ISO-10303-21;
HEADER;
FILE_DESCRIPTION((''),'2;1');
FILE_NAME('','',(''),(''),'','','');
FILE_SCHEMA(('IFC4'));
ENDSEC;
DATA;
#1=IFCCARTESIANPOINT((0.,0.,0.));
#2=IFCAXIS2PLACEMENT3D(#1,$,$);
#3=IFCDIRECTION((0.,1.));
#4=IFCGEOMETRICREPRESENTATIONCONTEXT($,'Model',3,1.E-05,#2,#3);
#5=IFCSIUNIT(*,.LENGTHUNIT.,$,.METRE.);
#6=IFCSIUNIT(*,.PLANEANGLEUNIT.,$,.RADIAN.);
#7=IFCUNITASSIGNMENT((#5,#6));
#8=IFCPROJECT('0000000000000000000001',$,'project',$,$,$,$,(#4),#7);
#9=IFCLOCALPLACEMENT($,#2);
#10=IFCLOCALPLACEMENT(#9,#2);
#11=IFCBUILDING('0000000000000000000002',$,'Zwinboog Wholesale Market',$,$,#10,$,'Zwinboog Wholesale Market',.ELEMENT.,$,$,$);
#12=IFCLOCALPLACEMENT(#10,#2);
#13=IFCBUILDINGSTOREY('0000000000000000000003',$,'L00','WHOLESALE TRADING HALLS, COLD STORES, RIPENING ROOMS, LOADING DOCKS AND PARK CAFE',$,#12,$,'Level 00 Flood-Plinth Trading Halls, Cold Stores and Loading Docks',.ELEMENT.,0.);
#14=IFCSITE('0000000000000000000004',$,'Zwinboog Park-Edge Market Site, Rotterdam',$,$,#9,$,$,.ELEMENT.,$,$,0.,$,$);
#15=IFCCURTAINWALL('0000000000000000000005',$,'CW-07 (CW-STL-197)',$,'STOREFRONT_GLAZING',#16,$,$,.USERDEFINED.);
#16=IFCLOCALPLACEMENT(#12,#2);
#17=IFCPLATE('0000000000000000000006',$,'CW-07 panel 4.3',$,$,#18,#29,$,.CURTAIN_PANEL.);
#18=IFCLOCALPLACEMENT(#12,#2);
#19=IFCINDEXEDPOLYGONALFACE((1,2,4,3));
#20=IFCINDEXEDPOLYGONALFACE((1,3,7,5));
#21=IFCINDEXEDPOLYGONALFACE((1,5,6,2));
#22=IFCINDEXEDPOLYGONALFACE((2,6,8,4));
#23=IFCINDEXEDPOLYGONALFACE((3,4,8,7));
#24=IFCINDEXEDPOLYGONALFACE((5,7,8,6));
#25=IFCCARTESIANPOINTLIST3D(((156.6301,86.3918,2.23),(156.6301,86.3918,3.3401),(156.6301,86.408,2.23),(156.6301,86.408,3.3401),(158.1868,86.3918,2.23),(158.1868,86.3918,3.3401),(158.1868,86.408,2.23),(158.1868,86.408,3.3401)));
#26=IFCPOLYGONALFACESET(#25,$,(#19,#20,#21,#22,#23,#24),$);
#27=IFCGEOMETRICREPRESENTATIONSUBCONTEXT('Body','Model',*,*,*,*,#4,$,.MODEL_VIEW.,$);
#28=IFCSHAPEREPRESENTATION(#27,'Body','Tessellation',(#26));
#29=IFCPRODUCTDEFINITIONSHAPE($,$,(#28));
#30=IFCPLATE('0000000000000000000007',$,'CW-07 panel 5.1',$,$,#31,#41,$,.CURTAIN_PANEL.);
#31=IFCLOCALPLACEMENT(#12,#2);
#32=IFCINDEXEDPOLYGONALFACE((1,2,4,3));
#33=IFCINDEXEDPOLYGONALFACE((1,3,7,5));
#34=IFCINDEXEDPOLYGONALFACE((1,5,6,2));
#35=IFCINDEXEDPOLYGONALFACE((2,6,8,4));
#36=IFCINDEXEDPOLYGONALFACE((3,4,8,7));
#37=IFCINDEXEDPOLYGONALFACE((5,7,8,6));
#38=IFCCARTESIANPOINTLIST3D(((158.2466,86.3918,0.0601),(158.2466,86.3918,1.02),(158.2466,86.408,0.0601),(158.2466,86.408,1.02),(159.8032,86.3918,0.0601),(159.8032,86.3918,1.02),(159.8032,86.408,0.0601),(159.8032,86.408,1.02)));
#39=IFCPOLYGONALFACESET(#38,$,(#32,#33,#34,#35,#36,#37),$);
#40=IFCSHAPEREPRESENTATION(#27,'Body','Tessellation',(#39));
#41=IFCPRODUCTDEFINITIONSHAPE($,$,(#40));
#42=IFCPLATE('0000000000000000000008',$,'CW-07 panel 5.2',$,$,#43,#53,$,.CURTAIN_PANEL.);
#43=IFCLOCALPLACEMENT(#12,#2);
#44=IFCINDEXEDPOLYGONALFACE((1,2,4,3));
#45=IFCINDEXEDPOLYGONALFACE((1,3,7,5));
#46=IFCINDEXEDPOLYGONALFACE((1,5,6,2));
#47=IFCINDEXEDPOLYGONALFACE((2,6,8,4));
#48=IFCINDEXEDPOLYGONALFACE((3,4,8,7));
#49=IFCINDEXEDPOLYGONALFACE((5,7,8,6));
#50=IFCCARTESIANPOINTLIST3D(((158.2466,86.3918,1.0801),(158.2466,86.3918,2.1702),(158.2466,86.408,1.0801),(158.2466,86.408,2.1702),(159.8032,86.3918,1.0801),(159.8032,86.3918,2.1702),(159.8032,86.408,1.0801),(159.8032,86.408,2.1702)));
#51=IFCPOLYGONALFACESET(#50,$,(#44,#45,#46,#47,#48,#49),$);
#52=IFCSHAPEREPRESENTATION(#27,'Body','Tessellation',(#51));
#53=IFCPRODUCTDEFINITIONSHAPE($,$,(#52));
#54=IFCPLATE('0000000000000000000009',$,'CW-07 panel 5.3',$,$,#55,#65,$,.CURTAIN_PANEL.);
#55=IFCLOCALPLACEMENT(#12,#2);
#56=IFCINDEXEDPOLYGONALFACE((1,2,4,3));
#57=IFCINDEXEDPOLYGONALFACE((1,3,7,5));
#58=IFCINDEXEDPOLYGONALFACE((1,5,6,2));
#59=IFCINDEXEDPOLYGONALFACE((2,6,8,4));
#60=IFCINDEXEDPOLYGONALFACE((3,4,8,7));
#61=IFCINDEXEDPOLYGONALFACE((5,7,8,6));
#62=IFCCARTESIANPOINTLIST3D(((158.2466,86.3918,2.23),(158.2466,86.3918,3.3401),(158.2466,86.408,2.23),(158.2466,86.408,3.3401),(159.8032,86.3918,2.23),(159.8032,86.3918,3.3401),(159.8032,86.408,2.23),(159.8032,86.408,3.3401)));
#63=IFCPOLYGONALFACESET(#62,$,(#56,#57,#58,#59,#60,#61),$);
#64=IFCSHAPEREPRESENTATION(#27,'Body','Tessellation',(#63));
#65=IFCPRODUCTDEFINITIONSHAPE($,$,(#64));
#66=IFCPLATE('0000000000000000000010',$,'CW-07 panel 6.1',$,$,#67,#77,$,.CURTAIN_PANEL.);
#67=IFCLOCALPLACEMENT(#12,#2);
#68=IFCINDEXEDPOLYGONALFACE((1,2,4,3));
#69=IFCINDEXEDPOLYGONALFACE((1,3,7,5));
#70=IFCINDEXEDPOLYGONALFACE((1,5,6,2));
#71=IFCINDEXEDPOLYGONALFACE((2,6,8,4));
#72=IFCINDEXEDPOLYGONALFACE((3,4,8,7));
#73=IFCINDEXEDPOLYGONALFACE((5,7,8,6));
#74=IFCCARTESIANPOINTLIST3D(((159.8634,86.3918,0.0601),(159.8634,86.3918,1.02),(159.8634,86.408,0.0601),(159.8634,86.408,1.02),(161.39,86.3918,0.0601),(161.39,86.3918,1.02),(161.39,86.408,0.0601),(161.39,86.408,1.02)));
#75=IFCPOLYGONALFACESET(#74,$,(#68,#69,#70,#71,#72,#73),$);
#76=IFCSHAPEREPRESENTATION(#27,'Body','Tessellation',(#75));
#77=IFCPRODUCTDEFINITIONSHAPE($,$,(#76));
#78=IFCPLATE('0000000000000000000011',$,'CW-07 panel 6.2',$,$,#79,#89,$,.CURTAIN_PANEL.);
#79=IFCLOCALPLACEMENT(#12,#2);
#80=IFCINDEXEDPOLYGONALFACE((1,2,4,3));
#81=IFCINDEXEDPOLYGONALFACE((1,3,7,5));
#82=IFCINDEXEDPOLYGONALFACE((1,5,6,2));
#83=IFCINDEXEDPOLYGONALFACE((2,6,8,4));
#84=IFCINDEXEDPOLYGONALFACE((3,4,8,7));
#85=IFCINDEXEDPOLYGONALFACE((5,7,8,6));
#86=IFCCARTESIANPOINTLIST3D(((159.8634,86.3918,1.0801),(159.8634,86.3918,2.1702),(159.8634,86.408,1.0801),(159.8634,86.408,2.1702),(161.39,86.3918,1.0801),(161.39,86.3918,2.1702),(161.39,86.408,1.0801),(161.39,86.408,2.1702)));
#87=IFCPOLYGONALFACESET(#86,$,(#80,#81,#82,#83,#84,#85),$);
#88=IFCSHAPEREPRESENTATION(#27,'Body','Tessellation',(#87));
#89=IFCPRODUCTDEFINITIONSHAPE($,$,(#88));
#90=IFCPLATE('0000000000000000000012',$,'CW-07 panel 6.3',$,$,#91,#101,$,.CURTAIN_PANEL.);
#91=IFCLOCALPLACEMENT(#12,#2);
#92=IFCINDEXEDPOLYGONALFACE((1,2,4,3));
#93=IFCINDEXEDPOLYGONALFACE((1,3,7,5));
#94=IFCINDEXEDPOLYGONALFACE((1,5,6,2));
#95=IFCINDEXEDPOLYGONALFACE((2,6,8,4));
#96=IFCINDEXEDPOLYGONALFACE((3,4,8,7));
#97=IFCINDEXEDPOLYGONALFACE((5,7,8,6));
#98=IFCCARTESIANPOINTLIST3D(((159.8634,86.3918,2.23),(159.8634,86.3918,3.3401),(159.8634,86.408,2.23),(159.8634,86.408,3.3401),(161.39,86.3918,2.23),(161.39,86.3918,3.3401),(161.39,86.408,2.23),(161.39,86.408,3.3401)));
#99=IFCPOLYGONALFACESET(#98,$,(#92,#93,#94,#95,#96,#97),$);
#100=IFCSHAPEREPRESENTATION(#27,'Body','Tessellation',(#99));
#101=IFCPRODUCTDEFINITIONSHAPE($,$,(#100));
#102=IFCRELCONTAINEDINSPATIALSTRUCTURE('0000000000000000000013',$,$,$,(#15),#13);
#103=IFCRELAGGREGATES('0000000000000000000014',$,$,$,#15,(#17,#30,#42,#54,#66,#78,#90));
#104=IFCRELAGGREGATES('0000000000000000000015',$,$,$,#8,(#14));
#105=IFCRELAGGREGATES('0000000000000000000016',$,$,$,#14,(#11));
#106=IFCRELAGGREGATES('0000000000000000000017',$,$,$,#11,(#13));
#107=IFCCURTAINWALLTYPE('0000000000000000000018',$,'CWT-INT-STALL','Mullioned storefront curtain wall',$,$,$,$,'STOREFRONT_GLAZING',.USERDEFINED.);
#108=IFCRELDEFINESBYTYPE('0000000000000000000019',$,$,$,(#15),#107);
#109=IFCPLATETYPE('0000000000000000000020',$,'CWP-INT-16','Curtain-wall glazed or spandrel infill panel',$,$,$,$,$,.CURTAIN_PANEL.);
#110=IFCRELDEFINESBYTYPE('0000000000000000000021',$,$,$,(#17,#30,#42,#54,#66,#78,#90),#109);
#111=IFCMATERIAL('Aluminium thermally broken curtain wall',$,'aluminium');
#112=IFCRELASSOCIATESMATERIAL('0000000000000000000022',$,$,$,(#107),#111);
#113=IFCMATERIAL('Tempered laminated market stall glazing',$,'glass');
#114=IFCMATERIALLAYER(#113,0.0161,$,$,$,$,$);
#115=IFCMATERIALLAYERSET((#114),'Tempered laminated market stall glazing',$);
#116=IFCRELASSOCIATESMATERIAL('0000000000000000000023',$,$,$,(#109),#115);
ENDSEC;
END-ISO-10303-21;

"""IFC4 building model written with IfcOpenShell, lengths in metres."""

from ifc_helpers import new_model, si_unit, direction, frame, origin, origin_2d, place, context, subcontext, project, spatial, rectangle, extrude, material, layer, layer_set, type_object, element, aggregate, save


model = new_model("IFC4")

# Units and contexts
model_context = context("Model", 3, precision=1e-05, world=origin(), true_north=direction((0.0, 1.0)))
body_context = subcontext(model_context, "Body", "Model", "MODEL_VIEW")
ifc_project = project(units=[si_unit("LENGTHUNIT", "METRE"), si_unit("PLANEANGLEUNIT", "RADIAN")], contexts=[model_context])

# Site, building, storey
site_placement = place(None, origin())
site = spatial("IfcSite", under=ifc_project, at=site_placement, Name="Zwinboog Park-Edge Market Site, Rotterdam", CompositionType="ELEMENT", RefElevation=0.0)
building_placement = place(site_placement, origin())
building = spatial("IfcBuilding", under=site, at=building_placement, Name="Zwinboog Wholesale Market", LongName="Zwinboog Wholesale Market", CompositionType="ELEMENT")
storey_placement = place(building_placement, origin())
storey = spatial("IfcBuildingStorey", under=building, at=storey_placement, Name="L00", Description="WHOLESALE TRADING HALLS, COLD STORES, RIPENING ROOMS, LOADING DOCKS AND PARK CAFE", LongName="Level 00 Flood-Plinth Trading Halls, Cold Stores and Loading Docks", CompositionType="ELEMENT", Elevation=0.0)

# Curtain wall, plates
ifc_material_1 = material(Name="Aluminium thermally broken curtain wall", Category="aluminium")
curtain_wall_type = type_object("IfcCurtainWallType", Name="CWT-INT-STALL", Description="Mullioned storefront curtain wall", ElementType="STOREFRONT_GLAZING", PredefinedType="USERDEFINED", material=ifc_material_1)
curtain_wall_placement = place(storey_placement, origin())
curtain_wall = element("IfcCurtainWall", 1, at=curtain_wall_placement, inside=storey, type_object=curtain_wall_type, Name="CW-07 (CW-STL-197)", ObjectType="STOREFRONT_GLAZING", PredefinedType="USERDEFINED")
ifc_material_2 = material(Name="Tempered laminated market stall glazing", Category="glass")
ifc_layer = layer(ifc_material_2, 0.0161)
ifc_layer_set = layer_set([ifc_layer], Name="Tempered laminated market stall glazing")
plate_type = type_object("IfcPlateType", Name="CWP-INT-16", Description="Curtain-wall glazed or spandrel infill panel", PredefinedType="CURTAIN_PANEL", material=ifc_layer_set)
plate_1_placement = place(storey_placement, frame((157.4084, 86.3999, 2.23), z_axis=(0.0, 0.0, 1.0), x_axis=(1.0, 0.0, 0.0)))
plate_1 = element("IfcPlate", 2, at=plate_1_placement, type_object=plate_type, Name="CW-07 panel 4.3", PredefinedType="CURTAIN_PANEL", context=body_context, shape_type="SweptSolid", body=[
    extrude(rectangle(XDim=1.5566, YDim=0.0161, at=origin_2d()), origin(), (0.0, 0.0, 1.0), 1.1101),
])
plate_2_placement = place(storey_placement, frame((159.0249, 86.3999, 0.0601), z_axis=(0.0, 0.0, 1.0), x_axis=(1.0, 0.0, 0.0)))
plate_2 = element("IfcPlate", 3, at=plate_2_placement, type_object=plate_type, Name="CW-07 panel 5.1", PredefinedType="CURTAIN_PANEL", context=body_context, shape_type="SweptSolid", body=[
    extrude(rectangle(XDim=1.5566, YDim=0.0161, at=origin_2d()), origin(), (0.0, 0.0, 1.0), 0.96),
])
plate_3_placement = place(storey_placement, frame((159.0249, 86.3999, 1.0801), z_axis=(0.0, 0.0, 1.0), x_axis=(1.0, 0.0, 0.0)))
plate_3 = element("IfcPlate", 4, at=plate_3_placement, type_object=plate_type, Name="CW-07 panel 5.2", PredefinedType="CURTAIN_PANEL", context=body_context, shape_type="SweptSolid", body=[
    extrude(rectangle(XDim=1.5566, YDim=0.0161, at=origin_2d()), origin(), (0.0, 0.0, 1.0), 1.0901),
])
plate_4_placement = place(storey_placement, frame((159.0249, 86.3999, 2.23), z_axis=(0.0, 0.0, 1.0), x_axis=(1.0, 0.0, 0.0)))
plate_4 = element("IfcPlate", 5, at=plate_4_placement, type_object=plate_type, Name="CW-07 panel 5.3", PredefinedType="CURTAIN_PANEL", context=body_context, shape_type="SweptSolid", body=[
    extrude(rectangle(XDim=1.5566, YDim=0.0161, at=origin_2d()), origin(), (0.0, 0.0, 1.0), 1.1101),
])
plate_5_placement = place(storey_placement, frame((160.6267, 86.3999, 0.0601), z_axis=(0.0, 0.0, 1.0), x_axis=(1.0, 0.0, 0.0)))
plate_5 = element("IfcPlate", 6, at=plate_5_placement, type_object=plate_type, Name="CW-07 panel 6.1", PredefinedType="CURTAIN_PANEL", context=body_context, shape_type="SweptSolid", body=[
    extrude(rectangle(XDim=1.5266, YDim=0.0161, at=origin_2d()), origin(), (0.0, 0.0, 1.0), 0.96),
])
plate_6_placement = place(storey_placement, frame((160.6267, 86.3999, 1.0801), z_axis=(0.0, 0.0, 1.0), x_axis=(1.0, 0.0, 0.0)))
plate_6 = element("IfcPlate", 7, at=plate_6_placement, type_object=plate_type, Name="CW-07 panel 6.2", PredefinedType="CURTAIN_PANEL", context=body_context, shape_type="SweptSolid", body=[
    extrude(rectangle(XDim=1.5266, YDim=0.0161, at=origin_2d()), origin(), (0.0, 0.0, 1.0), 1.0901),
])
plate_7_placement = place(storey_placement, frame((160.6267, 86.3999, 2.23), z_axis=(0.0, 0.0, 1.0), x_axis=(1.0, 0.0, 0.0)))
plate_7 = element("IfcPlate", 8, at=plate_7_placement, type_object=plate_type, Name="CW-07 panel 6.3", PredefinedType="CURTAIN_PANEL", context=body_context, shape_type="SweptSolid", body=[
    extrude(rectangle(XDim=1.5266, YDim=0.0161, at=origin_2d()), origin(), (0.0, 0.0, 1.0), 1.1101),
])
aggregate(curtain_wall, [plate_1, plate_2, plate_3, plate_4, plate_5, plate_6, plate_7])

save(model, "model.ifc")
